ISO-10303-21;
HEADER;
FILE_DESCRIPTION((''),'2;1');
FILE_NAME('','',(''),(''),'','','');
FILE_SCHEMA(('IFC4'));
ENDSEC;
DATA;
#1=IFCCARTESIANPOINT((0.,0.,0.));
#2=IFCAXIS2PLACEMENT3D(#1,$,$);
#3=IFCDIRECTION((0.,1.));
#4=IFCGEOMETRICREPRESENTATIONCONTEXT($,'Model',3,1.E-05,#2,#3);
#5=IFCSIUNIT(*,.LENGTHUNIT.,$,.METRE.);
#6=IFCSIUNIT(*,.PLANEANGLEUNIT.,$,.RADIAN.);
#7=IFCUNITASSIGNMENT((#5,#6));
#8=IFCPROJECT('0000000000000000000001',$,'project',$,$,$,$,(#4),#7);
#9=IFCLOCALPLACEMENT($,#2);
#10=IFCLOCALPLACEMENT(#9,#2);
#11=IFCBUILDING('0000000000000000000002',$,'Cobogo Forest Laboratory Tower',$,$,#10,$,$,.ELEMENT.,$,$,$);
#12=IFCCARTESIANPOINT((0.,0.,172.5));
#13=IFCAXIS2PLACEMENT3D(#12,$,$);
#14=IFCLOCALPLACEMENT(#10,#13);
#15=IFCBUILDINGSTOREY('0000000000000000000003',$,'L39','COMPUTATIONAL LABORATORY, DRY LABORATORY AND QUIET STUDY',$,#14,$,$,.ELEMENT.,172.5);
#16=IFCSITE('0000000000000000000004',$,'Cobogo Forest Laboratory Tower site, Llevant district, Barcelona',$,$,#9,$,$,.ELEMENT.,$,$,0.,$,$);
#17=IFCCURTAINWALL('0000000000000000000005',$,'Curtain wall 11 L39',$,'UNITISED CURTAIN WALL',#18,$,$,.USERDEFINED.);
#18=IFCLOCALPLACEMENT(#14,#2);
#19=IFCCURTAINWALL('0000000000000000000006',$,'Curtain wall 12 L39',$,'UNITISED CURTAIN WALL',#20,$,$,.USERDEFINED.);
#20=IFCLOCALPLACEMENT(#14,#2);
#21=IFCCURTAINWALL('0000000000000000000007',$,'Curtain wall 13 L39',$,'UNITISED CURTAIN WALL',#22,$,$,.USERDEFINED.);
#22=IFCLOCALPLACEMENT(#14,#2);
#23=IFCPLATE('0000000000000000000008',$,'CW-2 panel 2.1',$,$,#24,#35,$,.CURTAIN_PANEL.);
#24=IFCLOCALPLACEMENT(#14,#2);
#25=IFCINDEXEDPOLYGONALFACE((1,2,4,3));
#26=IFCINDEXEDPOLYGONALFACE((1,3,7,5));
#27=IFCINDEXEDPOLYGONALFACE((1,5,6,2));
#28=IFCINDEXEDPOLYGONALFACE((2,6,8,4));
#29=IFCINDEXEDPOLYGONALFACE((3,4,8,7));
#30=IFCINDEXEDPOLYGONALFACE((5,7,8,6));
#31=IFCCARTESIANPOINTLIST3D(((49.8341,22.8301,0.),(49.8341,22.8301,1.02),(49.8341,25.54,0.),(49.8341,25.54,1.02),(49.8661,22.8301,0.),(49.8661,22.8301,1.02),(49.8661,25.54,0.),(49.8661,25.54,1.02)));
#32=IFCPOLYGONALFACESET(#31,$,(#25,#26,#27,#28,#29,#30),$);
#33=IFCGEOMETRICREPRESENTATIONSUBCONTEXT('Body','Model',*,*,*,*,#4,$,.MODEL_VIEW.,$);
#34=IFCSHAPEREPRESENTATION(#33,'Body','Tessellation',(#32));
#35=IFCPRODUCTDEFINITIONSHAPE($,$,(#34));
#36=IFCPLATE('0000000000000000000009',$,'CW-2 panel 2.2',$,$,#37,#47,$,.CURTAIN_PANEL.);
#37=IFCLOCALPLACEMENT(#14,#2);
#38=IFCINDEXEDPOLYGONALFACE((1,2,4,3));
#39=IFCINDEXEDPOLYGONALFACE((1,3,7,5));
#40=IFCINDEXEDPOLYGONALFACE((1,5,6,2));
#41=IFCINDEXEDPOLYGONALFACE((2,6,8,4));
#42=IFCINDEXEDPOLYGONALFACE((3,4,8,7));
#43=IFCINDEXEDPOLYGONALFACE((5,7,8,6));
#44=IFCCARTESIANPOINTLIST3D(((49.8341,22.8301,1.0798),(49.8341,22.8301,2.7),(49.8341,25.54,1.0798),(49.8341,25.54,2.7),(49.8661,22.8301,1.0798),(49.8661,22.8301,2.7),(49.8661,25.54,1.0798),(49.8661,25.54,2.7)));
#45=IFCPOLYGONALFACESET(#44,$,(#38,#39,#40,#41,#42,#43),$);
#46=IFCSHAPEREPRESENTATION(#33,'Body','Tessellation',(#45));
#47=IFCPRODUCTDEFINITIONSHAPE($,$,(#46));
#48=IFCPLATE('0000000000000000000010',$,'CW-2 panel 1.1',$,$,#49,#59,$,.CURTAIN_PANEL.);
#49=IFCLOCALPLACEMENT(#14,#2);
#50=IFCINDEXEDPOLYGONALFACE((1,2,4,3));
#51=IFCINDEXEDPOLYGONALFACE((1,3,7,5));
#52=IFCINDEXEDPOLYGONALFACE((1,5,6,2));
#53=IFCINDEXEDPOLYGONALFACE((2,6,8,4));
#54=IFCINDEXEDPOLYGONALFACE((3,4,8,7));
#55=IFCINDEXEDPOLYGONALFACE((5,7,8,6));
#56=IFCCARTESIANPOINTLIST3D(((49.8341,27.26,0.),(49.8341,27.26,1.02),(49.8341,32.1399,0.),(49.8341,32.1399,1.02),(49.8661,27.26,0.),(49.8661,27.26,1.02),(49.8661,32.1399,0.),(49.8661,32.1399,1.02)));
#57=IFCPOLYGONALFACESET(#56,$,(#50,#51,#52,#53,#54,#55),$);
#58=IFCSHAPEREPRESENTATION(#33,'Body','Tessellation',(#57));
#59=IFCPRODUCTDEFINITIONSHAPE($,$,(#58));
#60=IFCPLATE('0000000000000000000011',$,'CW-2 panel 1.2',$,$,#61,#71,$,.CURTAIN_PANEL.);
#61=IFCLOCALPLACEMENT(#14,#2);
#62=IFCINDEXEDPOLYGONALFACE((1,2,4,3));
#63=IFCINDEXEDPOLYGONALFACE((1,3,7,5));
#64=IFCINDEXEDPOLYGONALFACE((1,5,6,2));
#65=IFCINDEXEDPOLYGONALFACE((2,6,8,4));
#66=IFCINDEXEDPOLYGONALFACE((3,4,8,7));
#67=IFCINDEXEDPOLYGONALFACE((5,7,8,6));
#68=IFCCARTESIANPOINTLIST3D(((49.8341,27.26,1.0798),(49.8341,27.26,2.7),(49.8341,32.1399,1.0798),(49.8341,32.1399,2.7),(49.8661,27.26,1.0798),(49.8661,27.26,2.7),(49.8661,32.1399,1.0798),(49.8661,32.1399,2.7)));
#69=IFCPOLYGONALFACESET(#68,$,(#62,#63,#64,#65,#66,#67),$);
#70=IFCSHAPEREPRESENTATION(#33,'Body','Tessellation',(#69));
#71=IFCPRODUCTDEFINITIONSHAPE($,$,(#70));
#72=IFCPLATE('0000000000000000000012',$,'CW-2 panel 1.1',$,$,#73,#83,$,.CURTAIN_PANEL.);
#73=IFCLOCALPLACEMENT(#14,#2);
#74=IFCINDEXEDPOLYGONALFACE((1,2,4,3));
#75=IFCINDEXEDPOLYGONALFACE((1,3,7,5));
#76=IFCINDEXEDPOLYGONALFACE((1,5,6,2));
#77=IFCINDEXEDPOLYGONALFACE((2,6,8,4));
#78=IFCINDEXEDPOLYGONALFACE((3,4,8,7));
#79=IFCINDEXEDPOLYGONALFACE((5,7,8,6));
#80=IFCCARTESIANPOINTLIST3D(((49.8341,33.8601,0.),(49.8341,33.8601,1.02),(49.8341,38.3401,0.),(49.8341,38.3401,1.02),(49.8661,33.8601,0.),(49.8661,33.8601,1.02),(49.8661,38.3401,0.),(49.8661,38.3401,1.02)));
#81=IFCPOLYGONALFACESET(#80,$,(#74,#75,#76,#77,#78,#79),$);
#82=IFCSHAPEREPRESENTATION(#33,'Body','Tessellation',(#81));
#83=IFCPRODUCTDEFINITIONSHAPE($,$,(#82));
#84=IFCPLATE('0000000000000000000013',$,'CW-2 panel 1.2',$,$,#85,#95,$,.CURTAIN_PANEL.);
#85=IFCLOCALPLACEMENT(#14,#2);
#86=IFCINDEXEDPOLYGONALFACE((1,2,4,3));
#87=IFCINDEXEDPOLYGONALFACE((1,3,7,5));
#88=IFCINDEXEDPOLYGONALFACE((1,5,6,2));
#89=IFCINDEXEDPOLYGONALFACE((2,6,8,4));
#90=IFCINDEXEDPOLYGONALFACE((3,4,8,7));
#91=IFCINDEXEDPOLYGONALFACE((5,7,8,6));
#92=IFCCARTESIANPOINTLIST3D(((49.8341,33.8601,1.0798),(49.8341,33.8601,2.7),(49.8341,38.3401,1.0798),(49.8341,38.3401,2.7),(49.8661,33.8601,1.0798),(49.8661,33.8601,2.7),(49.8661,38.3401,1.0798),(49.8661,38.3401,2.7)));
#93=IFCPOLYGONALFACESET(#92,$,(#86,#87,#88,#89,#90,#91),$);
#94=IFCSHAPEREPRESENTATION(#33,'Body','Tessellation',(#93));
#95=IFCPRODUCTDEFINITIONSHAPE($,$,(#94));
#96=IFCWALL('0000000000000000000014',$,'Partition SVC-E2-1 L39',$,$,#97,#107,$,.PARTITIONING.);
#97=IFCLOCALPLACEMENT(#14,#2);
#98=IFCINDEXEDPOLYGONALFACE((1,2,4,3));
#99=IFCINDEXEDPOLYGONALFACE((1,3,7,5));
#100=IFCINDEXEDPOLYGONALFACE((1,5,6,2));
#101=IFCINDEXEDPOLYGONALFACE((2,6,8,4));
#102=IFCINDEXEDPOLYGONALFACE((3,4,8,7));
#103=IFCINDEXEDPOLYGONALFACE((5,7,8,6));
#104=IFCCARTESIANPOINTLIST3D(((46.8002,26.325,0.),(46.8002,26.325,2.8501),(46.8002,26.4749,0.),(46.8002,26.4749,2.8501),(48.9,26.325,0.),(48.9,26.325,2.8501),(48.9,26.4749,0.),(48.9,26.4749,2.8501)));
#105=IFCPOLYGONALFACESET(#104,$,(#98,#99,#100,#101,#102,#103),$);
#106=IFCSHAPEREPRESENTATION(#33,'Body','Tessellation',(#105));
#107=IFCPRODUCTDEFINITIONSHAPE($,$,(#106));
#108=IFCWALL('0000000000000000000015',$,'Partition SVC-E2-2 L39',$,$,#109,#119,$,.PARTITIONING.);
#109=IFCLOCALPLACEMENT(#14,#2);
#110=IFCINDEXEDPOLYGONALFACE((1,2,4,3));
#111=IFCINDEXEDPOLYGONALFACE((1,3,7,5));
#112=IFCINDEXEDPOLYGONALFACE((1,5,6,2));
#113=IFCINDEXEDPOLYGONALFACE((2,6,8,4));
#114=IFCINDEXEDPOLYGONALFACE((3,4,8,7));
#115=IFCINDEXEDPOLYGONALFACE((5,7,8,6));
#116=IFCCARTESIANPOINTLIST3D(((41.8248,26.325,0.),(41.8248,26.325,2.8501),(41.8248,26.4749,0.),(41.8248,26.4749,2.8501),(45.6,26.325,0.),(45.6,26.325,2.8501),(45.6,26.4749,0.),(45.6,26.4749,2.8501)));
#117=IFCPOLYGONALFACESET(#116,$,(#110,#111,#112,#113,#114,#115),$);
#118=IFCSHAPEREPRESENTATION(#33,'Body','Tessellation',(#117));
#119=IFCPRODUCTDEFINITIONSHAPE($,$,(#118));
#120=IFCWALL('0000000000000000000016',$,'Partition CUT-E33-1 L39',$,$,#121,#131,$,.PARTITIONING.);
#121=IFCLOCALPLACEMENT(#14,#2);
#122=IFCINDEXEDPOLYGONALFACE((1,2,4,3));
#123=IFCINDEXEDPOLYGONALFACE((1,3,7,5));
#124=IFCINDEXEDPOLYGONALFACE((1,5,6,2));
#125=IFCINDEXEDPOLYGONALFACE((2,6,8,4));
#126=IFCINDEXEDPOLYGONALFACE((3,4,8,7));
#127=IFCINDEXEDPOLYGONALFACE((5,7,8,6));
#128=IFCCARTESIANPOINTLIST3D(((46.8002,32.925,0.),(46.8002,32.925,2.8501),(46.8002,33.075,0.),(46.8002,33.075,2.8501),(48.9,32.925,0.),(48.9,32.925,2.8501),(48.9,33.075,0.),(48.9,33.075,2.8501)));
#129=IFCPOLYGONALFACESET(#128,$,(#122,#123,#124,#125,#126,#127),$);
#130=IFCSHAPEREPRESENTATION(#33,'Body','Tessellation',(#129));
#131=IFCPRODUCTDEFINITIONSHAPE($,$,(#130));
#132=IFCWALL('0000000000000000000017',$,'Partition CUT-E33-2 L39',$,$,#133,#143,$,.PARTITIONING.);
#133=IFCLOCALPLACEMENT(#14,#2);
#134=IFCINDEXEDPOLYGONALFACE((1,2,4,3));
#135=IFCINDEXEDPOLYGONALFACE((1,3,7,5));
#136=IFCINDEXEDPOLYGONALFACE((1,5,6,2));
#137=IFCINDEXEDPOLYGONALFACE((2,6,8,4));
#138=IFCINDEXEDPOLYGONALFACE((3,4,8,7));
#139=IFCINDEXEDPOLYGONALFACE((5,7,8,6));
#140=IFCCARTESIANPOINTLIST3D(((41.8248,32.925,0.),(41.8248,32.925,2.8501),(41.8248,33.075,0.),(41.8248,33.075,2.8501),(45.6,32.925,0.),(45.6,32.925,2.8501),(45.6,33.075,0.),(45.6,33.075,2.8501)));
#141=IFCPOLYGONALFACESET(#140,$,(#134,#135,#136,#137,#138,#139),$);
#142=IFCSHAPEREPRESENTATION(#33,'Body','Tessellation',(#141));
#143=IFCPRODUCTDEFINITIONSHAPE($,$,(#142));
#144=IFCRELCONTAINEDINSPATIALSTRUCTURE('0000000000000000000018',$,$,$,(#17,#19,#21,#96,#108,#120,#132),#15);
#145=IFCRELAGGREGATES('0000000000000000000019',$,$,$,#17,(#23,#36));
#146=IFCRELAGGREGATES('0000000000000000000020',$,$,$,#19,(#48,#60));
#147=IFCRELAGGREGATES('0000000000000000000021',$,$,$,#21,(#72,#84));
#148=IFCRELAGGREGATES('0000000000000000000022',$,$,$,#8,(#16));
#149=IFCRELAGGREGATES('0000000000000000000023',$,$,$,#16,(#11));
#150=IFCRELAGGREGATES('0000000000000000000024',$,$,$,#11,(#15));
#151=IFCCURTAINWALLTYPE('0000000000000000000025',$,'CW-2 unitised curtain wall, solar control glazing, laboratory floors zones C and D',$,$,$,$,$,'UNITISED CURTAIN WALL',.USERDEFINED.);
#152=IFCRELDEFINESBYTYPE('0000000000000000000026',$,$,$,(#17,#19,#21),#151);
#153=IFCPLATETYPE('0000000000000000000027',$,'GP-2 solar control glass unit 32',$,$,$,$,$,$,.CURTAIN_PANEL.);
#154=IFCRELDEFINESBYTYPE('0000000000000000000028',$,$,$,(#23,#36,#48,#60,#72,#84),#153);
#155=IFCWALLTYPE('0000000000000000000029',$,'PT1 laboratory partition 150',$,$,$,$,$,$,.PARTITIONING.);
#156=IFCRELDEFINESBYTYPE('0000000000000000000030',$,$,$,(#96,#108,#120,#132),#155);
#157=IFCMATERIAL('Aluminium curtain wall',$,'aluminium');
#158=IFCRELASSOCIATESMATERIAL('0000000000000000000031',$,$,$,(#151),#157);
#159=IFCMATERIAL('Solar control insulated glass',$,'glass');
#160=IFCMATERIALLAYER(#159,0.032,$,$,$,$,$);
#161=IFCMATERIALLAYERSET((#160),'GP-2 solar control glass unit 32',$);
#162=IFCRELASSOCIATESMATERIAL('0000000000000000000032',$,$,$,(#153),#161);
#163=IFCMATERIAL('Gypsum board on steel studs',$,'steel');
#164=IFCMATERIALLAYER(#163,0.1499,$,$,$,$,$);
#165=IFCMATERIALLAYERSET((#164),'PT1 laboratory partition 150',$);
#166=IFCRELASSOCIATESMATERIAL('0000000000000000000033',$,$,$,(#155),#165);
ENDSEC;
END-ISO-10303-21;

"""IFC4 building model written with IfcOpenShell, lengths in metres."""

from ifc_helpers import new_model, si_unit, direction, frame, frame_2d, origin, origin_2d, place, context, subcontext, project, spatial, rectangle, extrude, material, layer, layer_set, type_object, element, aggregate, save


model = new_model("IFC4")

# Units and contexts
model_context = context("Model", 3, precision=1e-05, world=origin(), true_north=direction((0.0, 1.0)))
body_context = subcontext(model_context, "Body", "Model", "MODEL_VIEW")
ifc_project = project(units=[si_unit("LENGTHUNIT", "METRE"), si_unit("PLANEANGLEUNIT", "RADIAN")], contexts=[model_context])

# Site, building, storey
site_placement = place(None, origin())
site = spatial("IfcSite", under=ifc_project, at=site_placement, Name="Cobogo Forest Laboratory Tower site, Llevant district, Barcelona", CompositionType="ELEMENT", RefElevation=0.0)
building_placement = place(site_placement, origin())
building = spatial("IfcBuilding", under=site, at=building_placement, Name="Cobogo Forest Laboratory Tower", CompositionType="ELEMENT")
storey_placement = place(building_placement, frame((0.0, 0.0, 172.5)))
storey = spatial("IfcBuildingStorey", under=building, at=storey_placement, Name="L39", Description="COMPUTATIONAL LABORATORY, DRY LABORATORY AND QUIET STUDY", CompositionType="ELEMENT", Elevation=172.5)

# Curtain wall
ifc_material_1 = material(Name="Aluminium curtain wall", Category="aluminium")
curtain_wall_type = type_object("IfcCurtainWallType", Name="CW-2 unitised curtain wall, solar control glazing, laboratory floors zones C and D", ElementType="UNITISED CURTAIN WALL", PredefinedType="USERDEFINED", material=ifc_material_1)
curtain_wall_1_placement = place(storey_placement, origin())
curtain_wall_1 = element("IfcCurtainWall", 1, at=curtain_wall_1_placement, inside=storey, type_object=curtain_wall_type, Name="Curtain wall 11 L39", ObjectType="UNITISED CURTAIN WALL", PredefinedType="USERDEFINED")

# Curtain walls
curtain_wall_2_placement = place(storey_placement, origin())
curtain_wall_2 = element("IfcCurtainWall", 2, at=curtain_wall_2_placement, inside=storey, type_object=curtain_wall_type, Name="Curtain wall 12 L39", ObjectType="UNITISED CURTAIN WALL", PredefinedType="USERDEFINED")
curtain_wall_3_placement = place(storey_placement, origin())
curtain_wall_3 = element("IfcCurtainWall", 3, at=curtain_wall_3_placement, inside=storey, type_object=curtain_wall_type, Name="Curtain wall 13 L39", ObjectType="UNITISED CURTAIN WALL", PredefinedType="USERDEFINED")

# Plates
ifc_material_2 = material(Name="Solar control insulated glass", Category="glass")
ifc_layer_1 = layer(ifc_material_2, 0.032)
ifc_layer_set_1 = layer_set([ifc_layer_1], Name="GP-2 solar control glass unit 32")
plate_type_1 = type_object("IfcPlateType", Name="GP-2 solar control glass unit 32", PredefinedType="CURTAIN_PANEL", material=ifc_layer_set_1)
plate_1_placement = place(storey_placement, frame((49.8501, 24.1851, 0.0), z_axis=(0.0, 0.0, 1.0), x_axis=(0.0, 1.0, 0.0)))
plate_1 = element("IfcPlate", 4, at=plate_1_placement, type_object=plate_type_1, Name="CW-2 panel 2.1", PredefinedType="CURTAIN_PANEL", context=body_context, shape_type="SweptSolid", body=[
    extrude(rectangle(XDim=2.71, YDim=0.032, at=origin_2d()), origin(), (0.0, 0.0, 1.0), 1.02),
])
plate_2_placement = place(storey_placement, frame((49.8501, 24.1851, 1.0798), z_axis=(0.0, 0.0, 1.0), x_axis=(0.0, 1.0, 0.0)))
plate_2 = element("IfcPlate", 5, at=plate_2_placement, type_object=plate_type_1, Name="CW-2 panel 2.2", PredefinedType="CURTAIN_PANEL", context=body_context, shape_type="SweptSolid", body=[
    extrude(rectangle(XDim=2.71, YDim=0.032, at=origin_2d()), origin(), (0.0, 0.0, 1.0), 1.6201),
])
aggregate(curtain_wall_1, [plate_1, plate_2])
plate_3_placement = place(storey_placement, frame((49.8501, 29.7, 0.0), z_axis=(0.0, 0.0, 1.0), x_axis=(0.0, 1.0, 0.0)))
plate_3 = element("IfcPlate", 6, at=plate_3_placement, type_object=plate_type_1, Name="CW-2 panel 1.1", PredefinedType="CURTAIN_PANEL", context=body_context, shape_type="SweptSolid", body=[
    extrude(rectangle(XDim=4.8799, YDim=0.032, at=origin_2d()), origin(), (0.0, 0.0, 1.0), 1.02),
])
plate_4_placement = place(storey_placement, frame((49.8501, 29.7, 1.0798), z_axis=(0.0, 0.0, 1.0), x_axis=(0.0, 1.0, 0.0)))
plate_4 = element("IfcPlate", 7, at=plate_4_placement, type_object=plate_type_1, Name="CW-2 panel 1.2", PredefinedType="CURTAIN_PANEL", context=body_context, shape_type="SweptSolid", body=[
    extrude(rectangle(XDim=4.8799, YDim=0.032, at=origin_2d()), origin(), (0.0, 0.0, 1.0), 1.6201),
])
aggregate(curtain_wall_2, [plate_3, plate_4])
plate_5_placement = place(storey_placement, frame((49.8501, 36.1001, 0.0), z_axis=(0.0, 0.0, 1.0), x_axis=(0.0, 1.0, 0.0)))
plate_5 = element("IfcPlate", 8, at=plate_5_placement, type_object=plate_type_1, Name="CW-2 panel 1.1", PredefinedType="CURTAIN_PANEL", context=body_context, shape_type="SweptSolid", body=[
    extrude(rectangle(XDim=4.48, YDim=0.032, at=origin_2d()), origin(), (0.0, 0.0, 1.0), 1.02),
])
plate_6_placement = place(storey_placement, frame((49.8501, 36.1001, 1.0798), z_axis=(0.0, 0.0, 1.0), x_axis=(0.0, 1.0, 0.0)))
plate_6 = element("IfcPlate", 9, at=plate_6_placement, type_object=plate_type_1, Name="CW-2 panel 1.2", PredefinedType="CURTAIN_PANEL", context=body_context, shape_type="SweptSolid", body=[
    extrude(rectangle(XDim=4.48, YDim=0.032, at=origin_2d()), origin(), (0.0, 0.0, 1.0), 1.6201),
])
aggregate(curtain_wall_3, [plate_5, plate_6])

# Walls
ifc_material_3 = material(Name="Gypsum board on steel studs", Category="steel")
ifc_layer_2 = layer(ifc_material_3, 0.1499)
ifc_layer_set_2 = layer_set([ifc_layer_2], Name="PT1 laboratory partition 150")
wall_type = type_object("IfcWallType", Name="PT1 laboratory partition 150", PredefinedType="PARTITIONING", material=ifc_layer_set_2)
wall_1_placement = place(storey_placement, frame((48.8999, 26.3999, 0.0), z_axis=(0.0, 0.0, 1.0), x_axis=(-1.0, 0.0, 0.0)))
element("IfcWall", 10, at=wall_1_placement, inside=storey, type_object=wall_type, Name="Partition SVC-E2-1 L39", PredefinedType="PARTITIONING", context=body_context, shape_type="SweptSolid", body=[
    extrude(rectangle(XDim=2.0999, YDim=0.1499, at=frame_2d((1.0498, 0.0))), origin(), (0.0, 0.0, 1.0), 2.8501),
])
wall_2_placement = place(storey_placement, frame((45.6001, 26.3999, 0.0), z_axis=(0.0, 0.0, 1.0), x_axis=(-1.0, 0.0, 0.0)))
element("IfcWall", 11, at=wall_2_placement, inside=storey, type_object=wall_type, Name="Partition SVC-E2-2 L39", PredefinedType="PARTITIONING", context=body_context, shape_type="SweptSolid", body=[
    extrude(rectangle(XDim=3.7751, YDim=0.1499, at=frame_2d((1.8877, 0.0))), origin(), (0.0, 0.0, 1.0), 2.8501),
])
wall_3_placement = place(storey_placement, frame((48.8999, 33.0, 0.0), z_axis=(0.0, 0.0, 1.0), x_axis=(-1.0, 0.0, 0.0)))
element("IfcWall", 12, at=wall_3_placement, inside=storey, type_object=wall_type, Name="Partition CUT-E33-1 L39", PredefinedType="PARTITIONING", context=body_context, shape_type="SweptSolid", body=[
    extrude(rectangle(XDim=2.0999, YDim=0.1499, at=frame_2d((1.0498, 0.0))), origin(), (0.0, 0.0, 1.0), 2.8501),
])
wall_4_placement = place(storey_placement, frame((45.6001, 33.0, 0.0), z_axis=(0.0, 0.0, 1.0), x_axis=(-1.0, 0.0, 0.0)))
element("IfcWall", 13, at=wall_4_placement, inside=storey, type_object=wall_type, Name="Partition CUT-E33-2 L39", PredefinedType="PARTITIONING", context=body_context, shape_type="SweptSolid", body=[
    extrude(rectangle(XDim=3.7751, YDim=0.1499, at=frame_2d((1.8877, 0.0))), origin(), (0.0, 0.0, 1.0), 2.8501),
])

save(model, "model.ifc")
